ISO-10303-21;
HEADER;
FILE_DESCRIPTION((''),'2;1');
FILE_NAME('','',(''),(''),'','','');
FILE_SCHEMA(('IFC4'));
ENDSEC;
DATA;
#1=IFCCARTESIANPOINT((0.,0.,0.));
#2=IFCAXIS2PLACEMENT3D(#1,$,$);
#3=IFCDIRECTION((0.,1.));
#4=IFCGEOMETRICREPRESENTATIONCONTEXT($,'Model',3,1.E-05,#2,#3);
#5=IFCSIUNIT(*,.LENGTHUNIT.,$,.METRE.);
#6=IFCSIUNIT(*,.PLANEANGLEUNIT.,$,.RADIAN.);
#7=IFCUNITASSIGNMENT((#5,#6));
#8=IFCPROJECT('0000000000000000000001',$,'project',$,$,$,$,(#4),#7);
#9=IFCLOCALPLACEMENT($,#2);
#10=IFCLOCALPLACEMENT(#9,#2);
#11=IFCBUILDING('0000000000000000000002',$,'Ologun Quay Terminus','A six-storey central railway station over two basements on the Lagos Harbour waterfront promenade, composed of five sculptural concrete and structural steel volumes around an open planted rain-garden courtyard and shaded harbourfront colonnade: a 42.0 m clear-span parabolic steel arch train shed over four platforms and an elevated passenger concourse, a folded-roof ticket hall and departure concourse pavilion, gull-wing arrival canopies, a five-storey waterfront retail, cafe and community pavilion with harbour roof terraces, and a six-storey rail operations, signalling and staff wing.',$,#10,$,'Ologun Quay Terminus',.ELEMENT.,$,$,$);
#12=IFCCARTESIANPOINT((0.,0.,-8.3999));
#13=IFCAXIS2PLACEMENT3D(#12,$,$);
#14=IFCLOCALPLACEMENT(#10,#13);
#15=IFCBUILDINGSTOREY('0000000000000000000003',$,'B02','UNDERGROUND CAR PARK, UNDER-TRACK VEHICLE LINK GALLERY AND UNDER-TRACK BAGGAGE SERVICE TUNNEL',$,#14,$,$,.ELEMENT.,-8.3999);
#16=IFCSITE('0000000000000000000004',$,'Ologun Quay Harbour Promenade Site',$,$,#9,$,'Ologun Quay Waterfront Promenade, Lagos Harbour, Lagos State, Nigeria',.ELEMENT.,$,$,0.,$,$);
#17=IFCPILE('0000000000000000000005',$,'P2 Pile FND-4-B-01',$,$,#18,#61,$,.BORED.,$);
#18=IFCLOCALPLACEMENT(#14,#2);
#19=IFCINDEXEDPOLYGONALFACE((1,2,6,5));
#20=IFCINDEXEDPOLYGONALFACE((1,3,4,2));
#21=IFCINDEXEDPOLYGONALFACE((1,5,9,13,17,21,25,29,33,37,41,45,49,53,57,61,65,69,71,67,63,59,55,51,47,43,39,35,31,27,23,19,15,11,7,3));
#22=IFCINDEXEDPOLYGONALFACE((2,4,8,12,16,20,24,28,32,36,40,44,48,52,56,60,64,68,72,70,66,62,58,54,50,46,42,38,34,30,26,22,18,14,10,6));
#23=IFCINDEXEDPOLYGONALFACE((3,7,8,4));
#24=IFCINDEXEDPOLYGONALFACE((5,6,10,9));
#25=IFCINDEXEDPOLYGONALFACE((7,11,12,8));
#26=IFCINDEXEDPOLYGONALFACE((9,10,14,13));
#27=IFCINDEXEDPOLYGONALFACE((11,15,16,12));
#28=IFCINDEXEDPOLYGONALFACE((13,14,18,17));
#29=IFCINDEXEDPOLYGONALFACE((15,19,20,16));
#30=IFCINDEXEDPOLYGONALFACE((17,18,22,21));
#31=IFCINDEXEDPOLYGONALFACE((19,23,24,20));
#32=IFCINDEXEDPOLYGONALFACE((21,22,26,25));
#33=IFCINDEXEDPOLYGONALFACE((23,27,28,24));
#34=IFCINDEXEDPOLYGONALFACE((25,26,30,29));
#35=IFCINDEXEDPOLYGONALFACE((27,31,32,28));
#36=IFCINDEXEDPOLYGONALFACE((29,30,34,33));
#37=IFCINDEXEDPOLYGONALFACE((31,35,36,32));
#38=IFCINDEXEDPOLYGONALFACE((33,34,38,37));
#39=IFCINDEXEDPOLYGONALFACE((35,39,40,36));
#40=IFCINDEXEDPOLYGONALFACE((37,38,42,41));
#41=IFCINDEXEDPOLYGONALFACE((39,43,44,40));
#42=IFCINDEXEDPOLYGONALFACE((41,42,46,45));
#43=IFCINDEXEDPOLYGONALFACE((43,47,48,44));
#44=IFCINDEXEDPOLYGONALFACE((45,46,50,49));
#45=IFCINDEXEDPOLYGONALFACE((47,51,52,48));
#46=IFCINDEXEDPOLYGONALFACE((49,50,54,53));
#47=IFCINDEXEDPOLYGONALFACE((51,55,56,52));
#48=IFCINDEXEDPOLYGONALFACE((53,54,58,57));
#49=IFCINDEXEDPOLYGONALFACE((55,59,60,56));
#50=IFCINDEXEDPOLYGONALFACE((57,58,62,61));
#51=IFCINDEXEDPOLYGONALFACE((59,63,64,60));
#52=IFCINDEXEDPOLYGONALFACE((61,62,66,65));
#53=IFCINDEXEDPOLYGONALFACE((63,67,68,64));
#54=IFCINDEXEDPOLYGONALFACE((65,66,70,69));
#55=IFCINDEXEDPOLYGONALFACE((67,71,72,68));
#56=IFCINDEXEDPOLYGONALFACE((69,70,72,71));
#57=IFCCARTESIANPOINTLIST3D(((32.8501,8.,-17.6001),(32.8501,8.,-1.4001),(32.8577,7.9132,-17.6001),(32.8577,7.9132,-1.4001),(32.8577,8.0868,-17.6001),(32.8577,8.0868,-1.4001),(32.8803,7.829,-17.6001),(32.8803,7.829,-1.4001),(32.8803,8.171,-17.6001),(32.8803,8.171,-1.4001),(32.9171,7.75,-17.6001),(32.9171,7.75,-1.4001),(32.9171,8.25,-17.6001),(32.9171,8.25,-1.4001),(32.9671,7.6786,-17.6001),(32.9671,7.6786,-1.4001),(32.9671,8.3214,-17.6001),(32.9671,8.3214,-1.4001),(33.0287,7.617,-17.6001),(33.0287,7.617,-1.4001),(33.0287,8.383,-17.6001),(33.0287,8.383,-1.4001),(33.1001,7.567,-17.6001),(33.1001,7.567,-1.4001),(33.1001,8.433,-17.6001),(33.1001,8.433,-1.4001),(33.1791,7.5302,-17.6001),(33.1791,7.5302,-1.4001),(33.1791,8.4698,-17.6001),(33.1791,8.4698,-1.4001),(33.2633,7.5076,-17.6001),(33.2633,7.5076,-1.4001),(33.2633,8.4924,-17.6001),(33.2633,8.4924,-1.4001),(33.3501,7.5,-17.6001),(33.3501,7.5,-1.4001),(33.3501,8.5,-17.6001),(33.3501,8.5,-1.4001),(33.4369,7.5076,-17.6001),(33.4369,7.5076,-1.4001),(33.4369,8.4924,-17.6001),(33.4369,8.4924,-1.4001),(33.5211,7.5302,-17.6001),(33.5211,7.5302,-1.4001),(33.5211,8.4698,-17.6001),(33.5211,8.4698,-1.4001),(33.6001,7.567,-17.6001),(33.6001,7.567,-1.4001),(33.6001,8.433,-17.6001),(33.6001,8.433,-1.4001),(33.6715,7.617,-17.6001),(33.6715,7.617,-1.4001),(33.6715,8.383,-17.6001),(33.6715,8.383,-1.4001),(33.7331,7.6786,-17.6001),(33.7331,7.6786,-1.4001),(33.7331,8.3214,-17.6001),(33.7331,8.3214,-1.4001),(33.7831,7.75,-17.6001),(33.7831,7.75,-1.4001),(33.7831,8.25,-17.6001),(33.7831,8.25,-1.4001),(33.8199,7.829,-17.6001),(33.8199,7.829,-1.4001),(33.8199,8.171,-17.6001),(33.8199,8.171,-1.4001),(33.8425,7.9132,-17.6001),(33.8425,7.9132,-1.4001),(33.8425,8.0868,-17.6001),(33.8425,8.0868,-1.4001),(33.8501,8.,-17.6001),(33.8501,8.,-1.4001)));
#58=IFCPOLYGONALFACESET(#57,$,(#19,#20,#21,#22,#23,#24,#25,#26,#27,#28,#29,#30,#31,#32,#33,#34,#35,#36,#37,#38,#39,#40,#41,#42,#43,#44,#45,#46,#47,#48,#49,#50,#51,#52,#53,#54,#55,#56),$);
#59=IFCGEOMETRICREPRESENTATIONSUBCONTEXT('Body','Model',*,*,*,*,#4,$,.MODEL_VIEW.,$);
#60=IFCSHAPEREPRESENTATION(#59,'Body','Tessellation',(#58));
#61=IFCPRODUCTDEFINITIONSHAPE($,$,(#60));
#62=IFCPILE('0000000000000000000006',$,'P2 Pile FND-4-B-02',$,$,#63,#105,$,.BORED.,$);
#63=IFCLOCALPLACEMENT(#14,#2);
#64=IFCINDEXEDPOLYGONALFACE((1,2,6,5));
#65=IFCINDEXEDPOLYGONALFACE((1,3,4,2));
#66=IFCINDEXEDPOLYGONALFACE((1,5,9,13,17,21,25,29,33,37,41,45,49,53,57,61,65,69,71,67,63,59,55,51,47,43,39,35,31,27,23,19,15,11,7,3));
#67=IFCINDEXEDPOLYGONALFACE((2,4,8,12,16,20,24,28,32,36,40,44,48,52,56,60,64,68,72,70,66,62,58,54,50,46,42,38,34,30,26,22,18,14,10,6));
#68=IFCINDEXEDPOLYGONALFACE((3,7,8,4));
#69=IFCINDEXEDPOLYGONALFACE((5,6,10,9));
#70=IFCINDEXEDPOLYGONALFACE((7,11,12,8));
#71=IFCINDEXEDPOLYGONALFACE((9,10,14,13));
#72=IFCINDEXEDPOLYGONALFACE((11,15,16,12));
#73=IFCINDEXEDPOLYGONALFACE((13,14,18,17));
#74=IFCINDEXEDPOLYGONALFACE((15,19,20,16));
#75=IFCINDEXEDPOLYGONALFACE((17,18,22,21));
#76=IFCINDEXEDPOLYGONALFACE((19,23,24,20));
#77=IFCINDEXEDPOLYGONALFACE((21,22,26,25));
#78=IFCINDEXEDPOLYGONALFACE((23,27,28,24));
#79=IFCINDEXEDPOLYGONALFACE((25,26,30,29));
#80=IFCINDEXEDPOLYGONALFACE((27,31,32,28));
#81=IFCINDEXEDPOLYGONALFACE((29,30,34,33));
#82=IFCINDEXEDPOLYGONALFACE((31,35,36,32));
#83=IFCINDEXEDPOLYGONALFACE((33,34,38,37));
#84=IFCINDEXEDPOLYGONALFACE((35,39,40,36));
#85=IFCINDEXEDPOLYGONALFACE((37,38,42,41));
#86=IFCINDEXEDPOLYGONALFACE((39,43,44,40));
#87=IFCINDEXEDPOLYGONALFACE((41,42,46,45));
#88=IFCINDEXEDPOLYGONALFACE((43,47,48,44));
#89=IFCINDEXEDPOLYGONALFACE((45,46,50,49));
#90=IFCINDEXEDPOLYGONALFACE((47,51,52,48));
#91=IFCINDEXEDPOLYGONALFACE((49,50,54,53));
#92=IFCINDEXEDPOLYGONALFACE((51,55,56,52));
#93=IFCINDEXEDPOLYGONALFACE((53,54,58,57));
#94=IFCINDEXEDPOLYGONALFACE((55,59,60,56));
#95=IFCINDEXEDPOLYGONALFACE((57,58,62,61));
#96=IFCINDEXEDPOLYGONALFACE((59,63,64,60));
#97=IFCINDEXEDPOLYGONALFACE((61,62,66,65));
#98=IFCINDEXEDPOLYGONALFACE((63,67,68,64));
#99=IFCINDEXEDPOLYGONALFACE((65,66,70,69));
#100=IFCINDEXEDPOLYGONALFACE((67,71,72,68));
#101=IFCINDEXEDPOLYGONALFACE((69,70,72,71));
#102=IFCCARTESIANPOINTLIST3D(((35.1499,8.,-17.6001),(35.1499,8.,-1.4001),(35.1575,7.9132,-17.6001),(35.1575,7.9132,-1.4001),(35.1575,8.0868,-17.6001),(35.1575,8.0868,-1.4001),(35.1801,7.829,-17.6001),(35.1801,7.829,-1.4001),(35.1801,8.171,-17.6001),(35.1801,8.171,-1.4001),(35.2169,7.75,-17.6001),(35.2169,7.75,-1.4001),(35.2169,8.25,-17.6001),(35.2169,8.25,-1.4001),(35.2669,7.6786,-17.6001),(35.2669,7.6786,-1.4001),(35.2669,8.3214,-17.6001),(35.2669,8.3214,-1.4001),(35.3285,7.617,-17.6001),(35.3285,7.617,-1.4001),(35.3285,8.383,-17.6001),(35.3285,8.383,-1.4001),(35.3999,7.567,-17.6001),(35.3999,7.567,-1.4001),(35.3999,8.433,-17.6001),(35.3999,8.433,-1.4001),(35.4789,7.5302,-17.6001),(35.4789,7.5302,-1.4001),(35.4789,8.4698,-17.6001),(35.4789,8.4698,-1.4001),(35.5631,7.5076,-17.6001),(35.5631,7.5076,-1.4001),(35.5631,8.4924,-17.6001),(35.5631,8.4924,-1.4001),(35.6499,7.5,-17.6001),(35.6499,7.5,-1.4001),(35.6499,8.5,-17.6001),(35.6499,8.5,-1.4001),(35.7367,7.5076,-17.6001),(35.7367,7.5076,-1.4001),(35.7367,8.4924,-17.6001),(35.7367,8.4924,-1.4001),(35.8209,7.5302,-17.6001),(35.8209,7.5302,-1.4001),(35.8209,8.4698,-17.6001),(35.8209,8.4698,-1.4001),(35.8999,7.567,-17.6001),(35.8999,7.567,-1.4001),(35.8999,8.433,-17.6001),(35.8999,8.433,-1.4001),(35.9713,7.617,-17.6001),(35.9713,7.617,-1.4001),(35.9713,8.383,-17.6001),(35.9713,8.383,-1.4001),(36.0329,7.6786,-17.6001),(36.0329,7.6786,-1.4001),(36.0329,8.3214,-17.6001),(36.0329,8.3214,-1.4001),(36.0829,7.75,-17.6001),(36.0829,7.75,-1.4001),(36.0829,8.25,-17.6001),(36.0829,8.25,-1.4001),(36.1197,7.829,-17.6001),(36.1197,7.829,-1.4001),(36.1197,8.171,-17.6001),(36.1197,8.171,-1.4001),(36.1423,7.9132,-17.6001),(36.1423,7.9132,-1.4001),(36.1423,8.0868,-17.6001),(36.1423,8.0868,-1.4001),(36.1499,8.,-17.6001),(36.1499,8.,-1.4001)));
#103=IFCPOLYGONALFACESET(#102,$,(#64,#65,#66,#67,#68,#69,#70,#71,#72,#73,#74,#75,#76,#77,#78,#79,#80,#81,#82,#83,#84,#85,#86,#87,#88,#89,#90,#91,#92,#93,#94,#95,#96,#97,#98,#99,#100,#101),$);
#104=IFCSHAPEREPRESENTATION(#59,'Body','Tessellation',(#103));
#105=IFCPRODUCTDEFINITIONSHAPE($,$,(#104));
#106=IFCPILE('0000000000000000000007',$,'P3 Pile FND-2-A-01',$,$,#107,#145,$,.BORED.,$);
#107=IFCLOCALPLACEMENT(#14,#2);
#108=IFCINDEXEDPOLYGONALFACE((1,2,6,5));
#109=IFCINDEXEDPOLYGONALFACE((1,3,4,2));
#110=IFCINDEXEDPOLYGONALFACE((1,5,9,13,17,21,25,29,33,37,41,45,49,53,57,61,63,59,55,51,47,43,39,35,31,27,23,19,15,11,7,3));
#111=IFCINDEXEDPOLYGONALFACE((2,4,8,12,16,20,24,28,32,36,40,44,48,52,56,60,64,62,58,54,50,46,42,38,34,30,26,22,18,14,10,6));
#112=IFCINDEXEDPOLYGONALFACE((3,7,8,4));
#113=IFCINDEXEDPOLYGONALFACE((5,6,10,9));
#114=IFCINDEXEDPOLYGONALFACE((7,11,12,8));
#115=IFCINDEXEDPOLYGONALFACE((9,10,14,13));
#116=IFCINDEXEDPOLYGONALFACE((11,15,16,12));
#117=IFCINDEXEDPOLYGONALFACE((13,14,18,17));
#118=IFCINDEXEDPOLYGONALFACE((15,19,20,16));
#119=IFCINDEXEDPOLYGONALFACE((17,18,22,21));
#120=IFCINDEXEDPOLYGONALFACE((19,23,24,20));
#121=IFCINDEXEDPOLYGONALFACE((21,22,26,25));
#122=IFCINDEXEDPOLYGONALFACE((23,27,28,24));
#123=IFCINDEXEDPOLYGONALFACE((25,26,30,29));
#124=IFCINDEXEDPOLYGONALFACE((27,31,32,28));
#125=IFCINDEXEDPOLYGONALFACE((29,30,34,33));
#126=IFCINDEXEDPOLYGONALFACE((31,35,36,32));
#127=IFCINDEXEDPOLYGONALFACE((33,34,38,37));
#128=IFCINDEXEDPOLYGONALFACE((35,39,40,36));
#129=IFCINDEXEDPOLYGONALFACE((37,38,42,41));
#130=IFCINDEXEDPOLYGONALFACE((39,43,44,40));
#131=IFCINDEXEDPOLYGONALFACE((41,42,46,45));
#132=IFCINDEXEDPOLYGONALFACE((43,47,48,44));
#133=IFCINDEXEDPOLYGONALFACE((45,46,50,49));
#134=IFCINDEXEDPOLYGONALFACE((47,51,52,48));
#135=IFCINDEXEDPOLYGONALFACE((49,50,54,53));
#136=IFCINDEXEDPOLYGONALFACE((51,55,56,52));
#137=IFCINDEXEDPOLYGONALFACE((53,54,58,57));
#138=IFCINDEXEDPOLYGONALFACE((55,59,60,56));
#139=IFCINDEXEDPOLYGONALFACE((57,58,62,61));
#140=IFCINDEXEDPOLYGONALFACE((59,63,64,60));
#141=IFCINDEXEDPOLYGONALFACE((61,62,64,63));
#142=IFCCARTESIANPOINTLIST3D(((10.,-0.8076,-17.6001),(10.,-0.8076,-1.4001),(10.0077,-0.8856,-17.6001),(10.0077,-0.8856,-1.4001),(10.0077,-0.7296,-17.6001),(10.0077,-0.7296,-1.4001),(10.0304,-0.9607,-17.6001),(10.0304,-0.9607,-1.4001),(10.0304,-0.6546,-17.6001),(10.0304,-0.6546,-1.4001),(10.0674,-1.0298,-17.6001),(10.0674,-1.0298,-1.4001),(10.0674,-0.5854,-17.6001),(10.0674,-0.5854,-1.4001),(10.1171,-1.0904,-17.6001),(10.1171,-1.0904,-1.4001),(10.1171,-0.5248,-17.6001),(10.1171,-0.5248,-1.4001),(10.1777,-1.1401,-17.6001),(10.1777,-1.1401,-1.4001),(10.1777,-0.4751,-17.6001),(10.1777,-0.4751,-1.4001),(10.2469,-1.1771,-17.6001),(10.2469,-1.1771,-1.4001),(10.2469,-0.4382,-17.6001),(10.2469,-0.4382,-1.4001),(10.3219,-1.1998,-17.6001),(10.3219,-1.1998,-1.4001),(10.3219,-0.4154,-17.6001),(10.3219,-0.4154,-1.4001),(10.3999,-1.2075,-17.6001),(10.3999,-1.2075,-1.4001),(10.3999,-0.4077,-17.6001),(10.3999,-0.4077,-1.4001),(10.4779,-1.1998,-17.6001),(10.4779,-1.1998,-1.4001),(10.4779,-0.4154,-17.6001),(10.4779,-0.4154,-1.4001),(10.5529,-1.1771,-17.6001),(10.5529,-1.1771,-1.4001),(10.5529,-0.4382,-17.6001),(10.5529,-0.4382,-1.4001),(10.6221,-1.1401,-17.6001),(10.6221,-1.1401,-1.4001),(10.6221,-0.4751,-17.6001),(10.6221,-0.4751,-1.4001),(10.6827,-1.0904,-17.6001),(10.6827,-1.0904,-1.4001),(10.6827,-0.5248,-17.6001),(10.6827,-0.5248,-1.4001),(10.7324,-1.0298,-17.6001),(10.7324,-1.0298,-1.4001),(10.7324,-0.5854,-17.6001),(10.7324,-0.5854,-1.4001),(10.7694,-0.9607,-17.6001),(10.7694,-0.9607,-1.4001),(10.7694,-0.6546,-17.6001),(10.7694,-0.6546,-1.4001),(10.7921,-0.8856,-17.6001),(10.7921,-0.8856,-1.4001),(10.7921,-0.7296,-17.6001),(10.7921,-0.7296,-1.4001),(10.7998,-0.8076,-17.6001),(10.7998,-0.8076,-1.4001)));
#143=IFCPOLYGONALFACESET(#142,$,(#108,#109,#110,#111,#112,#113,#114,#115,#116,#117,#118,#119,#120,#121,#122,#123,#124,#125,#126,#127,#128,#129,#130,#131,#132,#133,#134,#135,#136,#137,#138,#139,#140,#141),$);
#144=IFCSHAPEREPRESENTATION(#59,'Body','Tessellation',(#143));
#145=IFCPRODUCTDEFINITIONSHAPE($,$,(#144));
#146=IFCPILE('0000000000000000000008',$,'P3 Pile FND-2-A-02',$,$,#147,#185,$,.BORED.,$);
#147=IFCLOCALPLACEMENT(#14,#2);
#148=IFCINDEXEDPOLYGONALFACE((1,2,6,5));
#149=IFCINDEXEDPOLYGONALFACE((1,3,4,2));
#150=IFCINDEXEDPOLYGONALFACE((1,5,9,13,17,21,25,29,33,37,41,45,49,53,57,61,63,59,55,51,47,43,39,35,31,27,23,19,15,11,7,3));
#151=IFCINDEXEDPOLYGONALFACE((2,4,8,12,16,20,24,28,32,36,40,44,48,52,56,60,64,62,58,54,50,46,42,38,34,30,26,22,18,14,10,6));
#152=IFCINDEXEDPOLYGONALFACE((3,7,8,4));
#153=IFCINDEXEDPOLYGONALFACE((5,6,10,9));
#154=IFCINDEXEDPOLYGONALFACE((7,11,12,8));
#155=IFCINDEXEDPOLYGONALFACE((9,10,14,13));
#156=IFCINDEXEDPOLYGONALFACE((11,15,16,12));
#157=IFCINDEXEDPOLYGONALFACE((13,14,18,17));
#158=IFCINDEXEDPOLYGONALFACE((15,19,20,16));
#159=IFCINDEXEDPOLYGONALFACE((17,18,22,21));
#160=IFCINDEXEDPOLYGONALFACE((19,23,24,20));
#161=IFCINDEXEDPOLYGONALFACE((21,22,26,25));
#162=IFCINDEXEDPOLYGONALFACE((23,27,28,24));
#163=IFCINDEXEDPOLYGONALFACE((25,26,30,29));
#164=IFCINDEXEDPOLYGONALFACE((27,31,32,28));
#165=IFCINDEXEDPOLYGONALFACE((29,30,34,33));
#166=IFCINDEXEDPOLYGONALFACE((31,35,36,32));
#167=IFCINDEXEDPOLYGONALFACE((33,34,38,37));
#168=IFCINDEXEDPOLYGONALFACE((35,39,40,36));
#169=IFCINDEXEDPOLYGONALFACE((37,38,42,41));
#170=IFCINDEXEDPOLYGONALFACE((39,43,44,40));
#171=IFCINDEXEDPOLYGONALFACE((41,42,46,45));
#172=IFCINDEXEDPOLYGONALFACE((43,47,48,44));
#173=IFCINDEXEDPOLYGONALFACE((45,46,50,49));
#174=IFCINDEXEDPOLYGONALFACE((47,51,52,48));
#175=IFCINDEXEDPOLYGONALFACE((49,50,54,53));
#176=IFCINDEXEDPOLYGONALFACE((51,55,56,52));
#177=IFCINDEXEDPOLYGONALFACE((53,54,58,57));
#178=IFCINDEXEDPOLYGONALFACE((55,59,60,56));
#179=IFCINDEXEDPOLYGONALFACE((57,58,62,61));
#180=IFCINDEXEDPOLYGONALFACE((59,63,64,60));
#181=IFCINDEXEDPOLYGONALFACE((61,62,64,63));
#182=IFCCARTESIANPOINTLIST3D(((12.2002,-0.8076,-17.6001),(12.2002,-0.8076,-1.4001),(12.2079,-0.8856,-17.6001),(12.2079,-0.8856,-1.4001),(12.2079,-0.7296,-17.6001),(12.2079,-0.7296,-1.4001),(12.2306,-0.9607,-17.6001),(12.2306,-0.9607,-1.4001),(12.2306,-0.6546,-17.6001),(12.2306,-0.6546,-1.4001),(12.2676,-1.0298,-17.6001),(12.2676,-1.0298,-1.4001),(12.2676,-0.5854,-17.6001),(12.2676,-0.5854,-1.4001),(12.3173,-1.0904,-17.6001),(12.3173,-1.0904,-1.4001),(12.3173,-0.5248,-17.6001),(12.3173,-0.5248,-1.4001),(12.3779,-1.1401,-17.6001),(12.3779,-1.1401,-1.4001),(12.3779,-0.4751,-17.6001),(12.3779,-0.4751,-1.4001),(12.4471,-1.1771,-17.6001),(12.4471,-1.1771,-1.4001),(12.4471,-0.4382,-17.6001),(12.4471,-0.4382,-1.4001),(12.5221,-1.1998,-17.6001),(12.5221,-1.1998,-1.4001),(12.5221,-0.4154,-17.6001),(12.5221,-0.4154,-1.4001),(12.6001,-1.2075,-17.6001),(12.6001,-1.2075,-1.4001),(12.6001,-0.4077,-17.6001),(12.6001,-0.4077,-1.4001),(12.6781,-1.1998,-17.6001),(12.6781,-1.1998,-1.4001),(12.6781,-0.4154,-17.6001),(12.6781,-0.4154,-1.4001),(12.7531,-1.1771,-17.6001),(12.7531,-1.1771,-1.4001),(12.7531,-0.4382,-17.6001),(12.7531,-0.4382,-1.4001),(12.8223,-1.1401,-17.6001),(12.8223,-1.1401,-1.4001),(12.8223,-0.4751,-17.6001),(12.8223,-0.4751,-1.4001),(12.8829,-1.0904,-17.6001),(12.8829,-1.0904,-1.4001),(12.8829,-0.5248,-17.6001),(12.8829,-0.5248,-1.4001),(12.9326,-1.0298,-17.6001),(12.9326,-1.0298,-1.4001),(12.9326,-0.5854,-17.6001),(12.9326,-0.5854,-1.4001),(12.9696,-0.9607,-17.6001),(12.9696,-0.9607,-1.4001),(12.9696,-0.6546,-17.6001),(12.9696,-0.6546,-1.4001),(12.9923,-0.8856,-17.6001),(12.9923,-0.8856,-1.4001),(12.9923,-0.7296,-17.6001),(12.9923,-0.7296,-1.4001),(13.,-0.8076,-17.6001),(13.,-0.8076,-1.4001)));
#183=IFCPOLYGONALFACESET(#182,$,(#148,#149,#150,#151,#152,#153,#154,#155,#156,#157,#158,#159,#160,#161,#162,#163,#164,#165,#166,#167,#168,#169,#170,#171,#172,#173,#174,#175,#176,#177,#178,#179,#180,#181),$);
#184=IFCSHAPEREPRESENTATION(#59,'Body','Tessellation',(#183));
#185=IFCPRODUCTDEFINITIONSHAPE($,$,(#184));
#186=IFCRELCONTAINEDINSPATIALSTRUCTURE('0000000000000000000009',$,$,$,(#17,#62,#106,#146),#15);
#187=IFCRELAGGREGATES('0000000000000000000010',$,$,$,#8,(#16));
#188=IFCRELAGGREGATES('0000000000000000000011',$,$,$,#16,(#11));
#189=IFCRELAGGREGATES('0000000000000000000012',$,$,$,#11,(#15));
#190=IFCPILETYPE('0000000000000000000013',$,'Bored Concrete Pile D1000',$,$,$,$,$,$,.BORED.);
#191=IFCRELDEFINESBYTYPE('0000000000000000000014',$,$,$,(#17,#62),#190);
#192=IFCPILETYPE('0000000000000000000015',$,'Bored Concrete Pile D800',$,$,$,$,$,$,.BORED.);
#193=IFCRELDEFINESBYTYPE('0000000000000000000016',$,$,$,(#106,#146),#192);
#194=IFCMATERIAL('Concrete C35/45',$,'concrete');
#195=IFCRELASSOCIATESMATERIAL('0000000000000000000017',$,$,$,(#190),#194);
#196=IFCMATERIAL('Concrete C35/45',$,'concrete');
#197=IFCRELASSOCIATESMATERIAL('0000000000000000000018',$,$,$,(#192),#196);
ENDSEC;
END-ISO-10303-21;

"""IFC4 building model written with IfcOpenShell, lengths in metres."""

from ifc_helpers import new_model, si_unit, direction, frame, origin, origin_2d, place, context, subcontext, project, spatial, circle, extrude, material, material_profile, profile_set, type_object, element, save


model = new_model("IFC4")

# Units and contexts
model_context = context("Model", 3, precision=1e-05, world=origin(), true_north=direction((0.0, 1.0)))
body_context = subcontext(model_context, "Body", "Model", "MODEL_VIEW")
ifc_project = project(units=[si_unit("LENGTHUNIT", "METRE"), si_unit("PLANEANGLEUNIT", "RADIAN")], contexts=[model_context])

# Site, building, storey
site_placement = place(None, origin())
site = spatial("IfcSite", under=ifc_project, at=site_placement, Name="Ologun Quay Harbour Promenade Site", LongName="Ologun Quay Waterfront Promenade, Lagos Harbour, Lagos State, Nigeria", CompositionType="ELEMENT", RefElevation=0.0)
building_placement = place(site_placement, origin())
building = spatial("IfcBuilding", under=site, at=building_placement, Name="Ologun Quay Terminus", Description="A six-storey central railway station over two basements on the Lagos Harbour waterfront promenade, composed of five sculptural concrete and structural steel volumes around an open planted rain-garden courtyard and shaded harbourfront colonnade: a 42.0 m clear-span parabolic steel arch train shed over four platforms and an elevated passenger concourse, a folded-roof ticket hall and departure concourse pavilion, gull-wing arrival canopies, a five-storey waterfront retail, cafe and community pavilion with harbour roof terraces, and a six-storey rail operations, signalling and staff wing.", LongName="Ologun Quay Terminus", CompositionType="ELEMENT")
storey_placement = place(building_placement, frame((0.0, 0.0, -8.3999)))
storey = spatial("IfcBuildingStorey", under=building, at=storey_placement, Name="B02", Description="UNDERGROUND CAR PARK, UNDER-TRACK VEHICLE LINK GALLERY AND UNDER-TRACK BAGGAGE SERVICE TUNNEL", CompositionType="ELEMENT", Elevation=-8.3999)

# Piles
ifc_material_1 = material(Name="Concrete C35/45", Category="concrete")
ifc_material_profile_1 = material_profile(ifc_material_1, circle(Radius=0.5, at=origin_2d()), Name="PILE D1000")
ifc_profile_set_1 = profile_set([ifc_material_profile_1], Name="Concrete C35/45")
pile_type_1 = type_object("IfcPileType", Name="Bored Concrete Pile D1000", PredefinedType="BORED", material=ifc_profile_set_1)
for number, where, z_axis, x_axis, name in (
    (1, (33.3501, 8.0, -1.4001), (0.0, 0.0, -1.0), (1.0, 0.0, 0.0), "P2 Pile FND-4-B-01"),
    (2, (35.6499, 8.0, -1.4001), (0.0, 0.0, -1.0), (1.0, 0.0, 0.0), "P2 Pile FND-4-B-02"),
):
    element("IfcPile", number, at=place(storey_placement, frame(where, z_axis=z_axis, x_axis=x_axis)), inside=storey, type_object=pile_type_1, Name=name, PredefinedType="BORED", context=body_context, shape_type="SweptSolid", body=[
        extrude(circle(Radius=0.5, at=origin_2d()), origin(), (0.0, 0.0, 1.0), 16.2),
    ])
ifc_material_2 = material(Name="Concrete C35/45", Category="concrete")
ifc_material_profile_2 = material_profile(ifc_material_2, circle(Radius=0.3999, at=origin_2d()), Name="PILE D800")
ifc_profile_set_2 = profile_set([ifc_material_profile_2], Name="Concrete C35/45")
pile_type_2 = type_object("IfcPileType", Name="Bored Concrete Pile D800", PredefinedType="BORED", material=ifc_profile_set_2)
for number, where, z_axis, x_axis, name in (
    (3, (10.3999, -0.8076, -1.4001), (0.0, 0.0, -1.0), (1.0, 0.0, 0.0), "P3 Pile FND-2-A-01"),
    (4, (12.6001, -0.8076, -1.4001), (0.0, 0.0, -1.0), (1.0, 0.0, 0.0), "P3 Pile FND-2-A-02"),
):
    element("IfcPile", number, at=place(storey_placement, frame(where, z_axis=z_axis, x_axis=x_axis)), inside=storey, type_object=pile_type_2, Name=name, PredefinedType="BORED", context=body_context, shape_type="SweptSolid", body=[
        extrude(circle(Radius=0.3999, at=origin_2d()), origin(), (0.0, 0.0, 1.0), 16.2),
    ])

save(model, "model.ifc")
